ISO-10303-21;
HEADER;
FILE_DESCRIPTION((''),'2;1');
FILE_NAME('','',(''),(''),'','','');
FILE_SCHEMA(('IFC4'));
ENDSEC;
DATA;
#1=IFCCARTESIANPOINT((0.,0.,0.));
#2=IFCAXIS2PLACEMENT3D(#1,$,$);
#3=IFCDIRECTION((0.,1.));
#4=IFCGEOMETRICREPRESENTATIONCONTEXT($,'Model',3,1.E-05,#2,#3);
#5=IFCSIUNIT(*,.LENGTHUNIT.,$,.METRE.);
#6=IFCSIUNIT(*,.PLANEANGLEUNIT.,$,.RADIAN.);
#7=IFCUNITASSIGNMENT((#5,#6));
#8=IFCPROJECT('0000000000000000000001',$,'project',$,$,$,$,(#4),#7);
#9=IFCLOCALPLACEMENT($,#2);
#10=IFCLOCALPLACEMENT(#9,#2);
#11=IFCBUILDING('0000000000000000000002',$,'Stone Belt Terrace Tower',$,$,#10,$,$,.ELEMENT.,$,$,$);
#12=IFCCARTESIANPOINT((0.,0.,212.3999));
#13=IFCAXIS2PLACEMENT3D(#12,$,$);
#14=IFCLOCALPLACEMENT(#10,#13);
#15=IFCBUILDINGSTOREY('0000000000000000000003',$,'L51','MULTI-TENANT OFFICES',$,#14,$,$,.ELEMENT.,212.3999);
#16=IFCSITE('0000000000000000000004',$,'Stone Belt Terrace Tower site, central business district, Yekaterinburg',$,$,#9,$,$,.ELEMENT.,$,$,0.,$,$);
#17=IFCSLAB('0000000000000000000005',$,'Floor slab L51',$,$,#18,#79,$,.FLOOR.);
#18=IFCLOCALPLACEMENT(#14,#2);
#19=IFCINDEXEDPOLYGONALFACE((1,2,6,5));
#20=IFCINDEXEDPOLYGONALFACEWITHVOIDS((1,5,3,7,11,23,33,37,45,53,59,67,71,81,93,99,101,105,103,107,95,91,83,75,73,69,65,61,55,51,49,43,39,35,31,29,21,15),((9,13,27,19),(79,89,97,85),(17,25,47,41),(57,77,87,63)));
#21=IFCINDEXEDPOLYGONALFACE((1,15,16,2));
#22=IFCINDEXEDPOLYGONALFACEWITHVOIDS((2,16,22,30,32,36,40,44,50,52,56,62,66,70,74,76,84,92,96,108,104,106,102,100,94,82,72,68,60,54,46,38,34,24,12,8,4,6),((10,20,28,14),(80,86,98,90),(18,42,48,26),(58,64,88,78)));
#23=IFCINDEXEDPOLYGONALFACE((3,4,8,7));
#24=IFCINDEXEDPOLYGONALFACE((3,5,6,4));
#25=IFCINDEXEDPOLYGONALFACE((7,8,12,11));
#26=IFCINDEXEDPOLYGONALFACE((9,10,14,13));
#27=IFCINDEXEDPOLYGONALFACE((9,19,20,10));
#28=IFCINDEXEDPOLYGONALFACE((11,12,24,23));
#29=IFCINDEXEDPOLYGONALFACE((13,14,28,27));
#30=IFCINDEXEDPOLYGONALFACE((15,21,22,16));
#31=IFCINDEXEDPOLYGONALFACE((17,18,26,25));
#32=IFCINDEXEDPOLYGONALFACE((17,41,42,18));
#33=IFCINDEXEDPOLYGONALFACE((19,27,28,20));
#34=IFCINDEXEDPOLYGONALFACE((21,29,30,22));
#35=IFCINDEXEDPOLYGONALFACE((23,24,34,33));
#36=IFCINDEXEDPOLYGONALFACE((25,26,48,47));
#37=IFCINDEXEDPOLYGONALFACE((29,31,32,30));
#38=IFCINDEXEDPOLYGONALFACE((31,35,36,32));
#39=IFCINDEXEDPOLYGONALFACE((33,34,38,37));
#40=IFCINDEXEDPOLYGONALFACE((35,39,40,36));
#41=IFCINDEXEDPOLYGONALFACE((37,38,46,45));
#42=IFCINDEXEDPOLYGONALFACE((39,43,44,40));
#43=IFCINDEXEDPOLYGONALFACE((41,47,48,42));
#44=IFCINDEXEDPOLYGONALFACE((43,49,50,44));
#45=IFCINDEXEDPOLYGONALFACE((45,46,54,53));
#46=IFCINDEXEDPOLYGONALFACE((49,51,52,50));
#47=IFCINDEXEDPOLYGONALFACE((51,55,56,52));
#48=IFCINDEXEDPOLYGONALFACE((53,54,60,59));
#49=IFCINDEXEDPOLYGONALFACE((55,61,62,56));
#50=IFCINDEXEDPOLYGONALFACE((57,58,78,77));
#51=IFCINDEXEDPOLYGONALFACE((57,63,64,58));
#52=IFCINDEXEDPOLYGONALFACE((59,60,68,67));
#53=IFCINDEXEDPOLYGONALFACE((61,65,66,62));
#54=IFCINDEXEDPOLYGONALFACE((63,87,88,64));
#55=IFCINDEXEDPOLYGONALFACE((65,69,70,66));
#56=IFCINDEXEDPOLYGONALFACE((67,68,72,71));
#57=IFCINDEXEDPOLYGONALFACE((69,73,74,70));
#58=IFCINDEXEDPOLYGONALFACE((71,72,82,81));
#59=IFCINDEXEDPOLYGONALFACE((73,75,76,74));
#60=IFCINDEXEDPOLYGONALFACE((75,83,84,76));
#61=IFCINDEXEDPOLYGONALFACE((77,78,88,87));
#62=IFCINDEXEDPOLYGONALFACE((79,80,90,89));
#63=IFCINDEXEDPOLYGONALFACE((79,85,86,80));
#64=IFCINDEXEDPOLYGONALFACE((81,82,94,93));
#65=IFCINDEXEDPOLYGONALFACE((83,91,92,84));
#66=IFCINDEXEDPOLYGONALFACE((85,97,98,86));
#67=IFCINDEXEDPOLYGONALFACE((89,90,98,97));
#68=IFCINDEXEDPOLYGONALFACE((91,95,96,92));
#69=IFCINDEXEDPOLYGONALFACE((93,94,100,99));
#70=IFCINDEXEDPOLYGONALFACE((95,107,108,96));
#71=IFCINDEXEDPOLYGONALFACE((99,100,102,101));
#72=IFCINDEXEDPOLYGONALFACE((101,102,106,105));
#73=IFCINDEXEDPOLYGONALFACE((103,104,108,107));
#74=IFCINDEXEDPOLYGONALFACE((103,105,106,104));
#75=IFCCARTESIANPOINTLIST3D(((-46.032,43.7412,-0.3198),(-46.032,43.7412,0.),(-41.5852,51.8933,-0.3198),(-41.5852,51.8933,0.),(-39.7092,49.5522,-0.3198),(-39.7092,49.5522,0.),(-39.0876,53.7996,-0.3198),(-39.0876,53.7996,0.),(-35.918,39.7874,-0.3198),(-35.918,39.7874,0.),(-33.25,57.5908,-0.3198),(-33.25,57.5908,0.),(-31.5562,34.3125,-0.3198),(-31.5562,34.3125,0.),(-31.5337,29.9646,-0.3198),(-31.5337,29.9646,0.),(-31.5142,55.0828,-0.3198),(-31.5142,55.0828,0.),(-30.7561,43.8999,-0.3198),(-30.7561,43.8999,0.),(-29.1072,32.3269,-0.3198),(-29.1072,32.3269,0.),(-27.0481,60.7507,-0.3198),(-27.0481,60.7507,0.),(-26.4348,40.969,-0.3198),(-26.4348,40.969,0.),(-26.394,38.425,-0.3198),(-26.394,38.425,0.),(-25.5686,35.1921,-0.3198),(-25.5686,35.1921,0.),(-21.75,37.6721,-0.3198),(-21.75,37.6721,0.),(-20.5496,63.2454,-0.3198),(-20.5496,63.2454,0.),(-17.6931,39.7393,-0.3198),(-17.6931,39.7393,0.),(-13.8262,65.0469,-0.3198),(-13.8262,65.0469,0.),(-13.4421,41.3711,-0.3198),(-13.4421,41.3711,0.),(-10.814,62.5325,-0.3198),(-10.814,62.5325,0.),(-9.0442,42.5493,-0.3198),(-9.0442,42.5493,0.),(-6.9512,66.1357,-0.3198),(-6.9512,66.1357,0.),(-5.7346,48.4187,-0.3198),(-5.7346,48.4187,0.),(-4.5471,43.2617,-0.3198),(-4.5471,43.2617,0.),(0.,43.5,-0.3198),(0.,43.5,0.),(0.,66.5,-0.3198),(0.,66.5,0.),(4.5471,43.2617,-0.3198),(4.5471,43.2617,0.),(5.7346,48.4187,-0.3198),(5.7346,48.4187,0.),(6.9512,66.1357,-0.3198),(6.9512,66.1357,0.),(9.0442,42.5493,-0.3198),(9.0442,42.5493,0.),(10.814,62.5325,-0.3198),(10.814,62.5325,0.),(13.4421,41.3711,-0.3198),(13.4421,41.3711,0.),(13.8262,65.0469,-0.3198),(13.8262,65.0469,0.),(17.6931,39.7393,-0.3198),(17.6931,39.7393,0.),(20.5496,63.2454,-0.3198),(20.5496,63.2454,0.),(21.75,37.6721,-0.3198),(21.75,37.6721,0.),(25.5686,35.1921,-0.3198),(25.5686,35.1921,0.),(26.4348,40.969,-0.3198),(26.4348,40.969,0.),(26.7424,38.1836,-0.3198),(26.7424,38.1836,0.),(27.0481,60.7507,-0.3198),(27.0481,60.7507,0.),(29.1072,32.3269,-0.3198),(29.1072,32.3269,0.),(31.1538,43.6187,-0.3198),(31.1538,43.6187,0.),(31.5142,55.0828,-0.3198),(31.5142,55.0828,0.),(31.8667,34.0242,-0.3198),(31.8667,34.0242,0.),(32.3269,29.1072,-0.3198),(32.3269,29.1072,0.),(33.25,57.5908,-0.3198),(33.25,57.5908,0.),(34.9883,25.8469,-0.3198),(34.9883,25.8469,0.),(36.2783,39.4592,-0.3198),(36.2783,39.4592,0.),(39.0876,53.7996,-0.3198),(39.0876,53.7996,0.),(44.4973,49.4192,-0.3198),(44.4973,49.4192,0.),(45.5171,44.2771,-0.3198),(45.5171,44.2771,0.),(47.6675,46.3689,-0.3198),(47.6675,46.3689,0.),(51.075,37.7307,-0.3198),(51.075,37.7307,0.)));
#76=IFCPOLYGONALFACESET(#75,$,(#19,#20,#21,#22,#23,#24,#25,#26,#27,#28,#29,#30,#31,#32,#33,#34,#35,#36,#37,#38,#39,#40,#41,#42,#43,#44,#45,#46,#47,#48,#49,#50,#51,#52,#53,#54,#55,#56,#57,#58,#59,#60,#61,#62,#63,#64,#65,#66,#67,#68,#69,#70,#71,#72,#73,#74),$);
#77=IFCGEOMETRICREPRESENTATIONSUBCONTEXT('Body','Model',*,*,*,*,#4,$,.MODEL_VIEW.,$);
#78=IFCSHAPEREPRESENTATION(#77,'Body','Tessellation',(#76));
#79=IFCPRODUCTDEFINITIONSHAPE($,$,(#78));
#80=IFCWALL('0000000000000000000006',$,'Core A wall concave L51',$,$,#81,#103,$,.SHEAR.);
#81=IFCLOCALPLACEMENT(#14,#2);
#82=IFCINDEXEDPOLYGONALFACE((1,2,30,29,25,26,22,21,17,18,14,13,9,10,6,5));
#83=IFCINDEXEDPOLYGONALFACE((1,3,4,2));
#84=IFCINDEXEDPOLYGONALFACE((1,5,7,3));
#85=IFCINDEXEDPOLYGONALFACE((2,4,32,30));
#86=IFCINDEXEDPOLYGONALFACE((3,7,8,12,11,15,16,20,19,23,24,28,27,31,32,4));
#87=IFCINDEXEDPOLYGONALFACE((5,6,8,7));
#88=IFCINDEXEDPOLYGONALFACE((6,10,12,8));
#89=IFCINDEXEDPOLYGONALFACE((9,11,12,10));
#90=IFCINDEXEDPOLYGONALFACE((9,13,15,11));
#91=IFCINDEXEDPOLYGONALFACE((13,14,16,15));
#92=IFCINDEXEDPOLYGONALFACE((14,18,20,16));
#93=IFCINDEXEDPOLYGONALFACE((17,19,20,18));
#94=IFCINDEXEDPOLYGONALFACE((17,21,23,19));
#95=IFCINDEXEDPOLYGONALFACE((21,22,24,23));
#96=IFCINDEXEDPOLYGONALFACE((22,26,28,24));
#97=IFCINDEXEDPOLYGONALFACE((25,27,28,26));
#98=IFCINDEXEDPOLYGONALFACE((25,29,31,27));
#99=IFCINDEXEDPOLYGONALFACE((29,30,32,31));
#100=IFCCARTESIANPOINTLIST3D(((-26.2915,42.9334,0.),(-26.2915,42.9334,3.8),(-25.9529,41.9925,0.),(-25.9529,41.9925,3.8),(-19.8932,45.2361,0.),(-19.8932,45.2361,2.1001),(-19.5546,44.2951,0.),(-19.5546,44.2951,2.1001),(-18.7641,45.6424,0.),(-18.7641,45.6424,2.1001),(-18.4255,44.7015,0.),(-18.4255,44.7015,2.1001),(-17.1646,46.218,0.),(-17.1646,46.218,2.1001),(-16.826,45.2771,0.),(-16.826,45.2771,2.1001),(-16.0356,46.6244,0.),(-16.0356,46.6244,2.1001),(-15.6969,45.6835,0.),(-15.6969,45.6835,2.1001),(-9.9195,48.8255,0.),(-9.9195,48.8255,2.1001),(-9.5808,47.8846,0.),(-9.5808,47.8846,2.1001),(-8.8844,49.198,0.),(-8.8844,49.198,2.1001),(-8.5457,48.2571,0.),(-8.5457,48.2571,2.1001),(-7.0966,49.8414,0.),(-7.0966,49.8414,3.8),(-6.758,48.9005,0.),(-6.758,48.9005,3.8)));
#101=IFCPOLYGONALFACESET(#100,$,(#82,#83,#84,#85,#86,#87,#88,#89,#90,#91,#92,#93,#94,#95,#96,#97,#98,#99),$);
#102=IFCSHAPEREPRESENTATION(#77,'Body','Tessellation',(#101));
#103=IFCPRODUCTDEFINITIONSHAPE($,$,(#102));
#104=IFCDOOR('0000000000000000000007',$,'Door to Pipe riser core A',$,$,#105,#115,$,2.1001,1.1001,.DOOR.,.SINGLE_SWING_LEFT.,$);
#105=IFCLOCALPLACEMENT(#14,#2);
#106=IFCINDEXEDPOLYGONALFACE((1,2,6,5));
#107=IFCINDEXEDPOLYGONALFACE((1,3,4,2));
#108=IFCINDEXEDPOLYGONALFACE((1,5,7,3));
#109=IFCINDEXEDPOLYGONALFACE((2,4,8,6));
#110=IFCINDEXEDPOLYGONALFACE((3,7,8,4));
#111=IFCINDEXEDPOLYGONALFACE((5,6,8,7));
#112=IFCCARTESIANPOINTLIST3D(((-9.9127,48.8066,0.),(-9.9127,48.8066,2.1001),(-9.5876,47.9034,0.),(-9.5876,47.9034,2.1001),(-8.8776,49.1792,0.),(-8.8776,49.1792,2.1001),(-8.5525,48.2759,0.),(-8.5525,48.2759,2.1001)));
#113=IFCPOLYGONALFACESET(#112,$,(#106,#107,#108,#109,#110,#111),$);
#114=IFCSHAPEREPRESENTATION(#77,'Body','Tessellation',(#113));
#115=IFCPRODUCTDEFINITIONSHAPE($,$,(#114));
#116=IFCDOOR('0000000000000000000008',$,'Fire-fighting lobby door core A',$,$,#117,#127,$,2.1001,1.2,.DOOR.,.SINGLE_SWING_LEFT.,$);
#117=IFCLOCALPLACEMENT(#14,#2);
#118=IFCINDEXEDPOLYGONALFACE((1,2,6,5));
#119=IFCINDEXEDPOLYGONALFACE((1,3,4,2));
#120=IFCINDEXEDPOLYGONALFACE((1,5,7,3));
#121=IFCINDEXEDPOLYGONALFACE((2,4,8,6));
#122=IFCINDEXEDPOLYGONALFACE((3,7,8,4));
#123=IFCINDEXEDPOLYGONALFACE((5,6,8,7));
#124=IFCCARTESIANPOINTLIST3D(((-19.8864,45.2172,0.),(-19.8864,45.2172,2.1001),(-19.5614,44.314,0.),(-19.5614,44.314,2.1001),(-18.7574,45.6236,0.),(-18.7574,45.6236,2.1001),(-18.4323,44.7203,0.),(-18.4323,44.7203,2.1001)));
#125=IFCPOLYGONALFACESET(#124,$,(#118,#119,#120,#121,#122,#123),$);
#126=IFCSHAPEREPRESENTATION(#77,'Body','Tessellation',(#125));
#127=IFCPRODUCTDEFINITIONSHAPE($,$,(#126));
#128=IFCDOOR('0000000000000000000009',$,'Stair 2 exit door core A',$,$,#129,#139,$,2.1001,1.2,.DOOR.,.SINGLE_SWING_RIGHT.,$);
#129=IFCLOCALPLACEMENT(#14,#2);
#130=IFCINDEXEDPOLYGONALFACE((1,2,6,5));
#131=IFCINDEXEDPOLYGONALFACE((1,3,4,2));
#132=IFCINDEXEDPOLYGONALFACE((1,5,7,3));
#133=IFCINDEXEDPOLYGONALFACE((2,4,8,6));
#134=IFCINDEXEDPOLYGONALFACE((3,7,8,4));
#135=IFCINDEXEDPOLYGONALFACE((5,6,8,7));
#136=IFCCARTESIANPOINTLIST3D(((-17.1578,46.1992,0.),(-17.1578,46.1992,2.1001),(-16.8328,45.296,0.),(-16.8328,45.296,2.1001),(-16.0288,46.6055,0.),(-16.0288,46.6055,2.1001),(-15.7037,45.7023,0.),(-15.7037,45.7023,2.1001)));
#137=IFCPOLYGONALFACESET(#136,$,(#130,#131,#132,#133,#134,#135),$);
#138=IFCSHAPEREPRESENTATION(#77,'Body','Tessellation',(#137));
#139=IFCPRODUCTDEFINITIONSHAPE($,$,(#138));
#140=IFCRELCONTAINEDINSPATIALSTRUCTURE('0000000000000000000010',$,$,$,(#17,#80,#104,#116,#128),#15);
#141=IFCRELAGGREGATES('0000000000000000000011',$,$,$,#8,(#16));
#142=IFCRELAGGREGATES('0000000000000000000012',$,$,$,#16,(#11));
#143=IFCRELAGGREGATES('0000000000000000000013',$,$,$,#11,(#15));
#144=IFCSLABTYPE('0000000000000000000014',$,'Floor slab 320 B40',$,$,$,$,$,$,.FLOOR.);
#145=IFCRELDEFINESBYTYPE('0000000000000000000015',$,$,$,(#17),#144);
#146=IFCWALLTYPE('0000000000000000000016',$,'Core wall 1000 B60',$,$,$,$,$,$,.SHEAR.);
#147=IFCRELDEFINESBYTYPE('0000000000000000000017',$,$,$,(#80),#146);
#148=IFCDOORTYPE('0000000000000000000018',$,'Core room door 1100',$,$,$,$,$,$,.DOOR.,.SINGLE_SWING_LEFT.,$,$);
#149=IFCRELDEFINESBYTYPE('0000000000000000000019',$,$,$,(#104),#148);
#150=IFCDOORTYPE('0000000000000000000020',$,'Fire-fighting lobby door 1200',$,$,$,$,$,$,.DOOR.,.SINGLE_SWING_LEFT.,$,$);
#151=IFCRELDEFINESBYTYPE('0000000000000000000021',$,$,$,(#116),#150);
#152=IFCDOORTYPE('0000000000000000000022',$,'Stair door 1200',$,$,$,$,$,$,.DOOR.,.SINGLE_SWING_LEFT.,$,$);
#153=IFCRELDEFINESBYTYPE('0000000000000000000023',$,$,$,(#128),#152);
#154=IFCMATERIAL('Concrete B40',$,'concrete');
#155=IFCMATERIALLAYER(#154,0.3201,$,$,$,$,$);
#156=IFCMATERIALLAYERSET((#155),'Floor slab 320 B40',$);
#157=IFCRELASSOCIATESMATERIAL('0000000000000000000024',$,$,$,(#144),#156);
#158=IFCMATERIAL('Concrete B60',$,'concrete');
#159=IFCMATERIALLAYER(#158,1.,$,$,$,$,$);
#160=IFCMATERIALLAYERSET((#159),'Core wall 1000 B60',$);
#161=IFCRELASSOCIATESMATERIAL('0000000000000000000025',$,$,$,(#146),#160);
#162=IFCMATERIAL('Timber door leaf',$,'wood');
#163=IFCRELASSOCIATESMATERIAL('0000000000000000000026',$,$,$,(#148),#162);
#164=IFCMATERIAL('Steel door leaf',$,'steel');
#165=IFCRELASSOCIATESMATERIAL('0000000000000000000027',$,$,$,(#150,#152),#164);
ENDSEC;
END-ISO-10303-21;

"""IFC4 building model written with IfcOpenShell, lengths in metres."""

from ifc_helpers import new_model, si_unit, direction, frame, frame_2d, origin, place, context, subcontext, project, spatial, polyline, rectangle, outline, extrude, material, layer, layer_set, type_object, element, fill, save


model = new_model("IFC4")

# Units and contexts
model_context = context("Model", 3, precision=1e-05, world=origin(), true_north=direction((0.0, 1.0)))
body_context = subcontext(model_context, "Body", "Model", "MODEL_VIEW")
ifc_project = project(units=[si_unit("LENGTHUNIT", "METRE"), si_unit("PLANEANGLEUNIT", "RADIAN")], contexts=[model_context])

# Site, building, storey
site_placement = place(None, origin())
site = spatial("IfcSite", under=ifc_project, at=site_placement, Name="Stone Belt Terrace Tower site, central business district, Yekaterinburg", CompositionType="ELEMENT", RefElevation=0.0)
building_placement = place(site_placement, origin())
building = spatial("IfcBuilding", under=site, at=building_placement, Name="Stone Belt Terrace Tower", CompositionType="ELEMENT")
storey_placement = place(building_placement, frame((0.0, 0.0, 212.3999)))
storey = spatial("IfcBuildingStorey", under=building, at=storey_placement, Name="L51", Description="MULTI-TENANT OFFICES", CompositionType="ELEMENT", Elevation=212.3999)

# Shared definitions
ifc_material_1 = material(Name="Concrete B60", Category="concrete")

# Slab
ifc_material_2 = material(Name="Concrete B40", Category="concrete")
ifc_layer_1 = layer(ifc_material_2, 0.3201)
ifc_layer_set_1 = layer_set([ifc_layer_1], Name="Floor slab 320 B40")
slab_type = type_object("IfcSlabType", Name="Floor slab 320 B40", PredefinedType="FLOOR", material=ifc_layer_set_1)
slab_placement = place(storey_placement, frame((0.0, 0.0, -0.3198)))
element("IfcSlab", 1, at=slab_placement, inside=storey, type_object=slab_type, Name="Floor slab L51", PredefinedType="FLOOR", context=body_context, shape_type="SweptSolid", body=[
    extrude(outline(polyline([(-39.0876, 53.7996), (-33.25, 57.5908), (-27.0481, 60.7507), (-20.5496, 63.2454), (-13.8262, 65.0469), (-6.9512, 66.1357), (0.0, 66.5), (6.9512, 66.1357), (13.8262, 65.0469), (20.5496, 63.2454), (27.0481, 60.7507), (33.25, 57.5908), (39.0876, 53.7996), (44.4973, 49.4192), (47.6675, 46.3689), (45.5171, 44.2771), (51.075, 37.7307), (34.9883, 25.8469), (32.3269, 29.1072), (29.1072, 32.3269), (25.5686, 35.1921), (21.75, 37.6721), (17.6931, 39.7393), (13.4421, 41.3711), (9.0442, 42.5493), (4.5471, 43.2617), (0.0, 43.5), (-4.5471, 43.2617), (-9.0442, 42.5493), (-13.4421, 41.3711), (-17.6931, 39.7393), (-21.75, 37.6721), (-25.5686, 35.1921), (-29.1072, 32.3269), (-31.5337, 29.9646), (-46.032, 43.7412), (-39.7092, 49.5522), (-41.5852, 51.8933), (-39.0876, 53.7996)]), holes=[polyline([(-26.4348, 40.969), (-5.7346, 48.4187), (-10.814, 62.5325), (-31.5142, 55.0828), (-26.4348, 40.969)]), polyline([(10.814, 62.5325), (5.7346, 48.4187), (26.4348, 40.969), (31.5142, 55.0828), (10.814, 62.5325)]), polyline([(-35.918, 39.7874), (-31.5562, 34.3125), (-26.394, 38.425), (-30.7561, 43.8999), (-35.918, 39.7874)]), polyline([(36.2783, 39.4592), (31.1538, 43.6187), (26.7424, 38.1836), (31.8667, 34.0242), (36.2783, 39.4592)])]), origin(), (0.0, 0.0, 1.0), 0.3198),
])

# Wall, openings, doors
ifc_layer_2 = layer(ifc_material_1, 1.0)
ifc_layer_set_2 = layer_set([ifc_layer_2], Name="Core wall 1000 B60")
wall_type_1 = type_object("IfcWallType", Name="Core wall 1000 B60", PredefinedType="SHEAR", material=ifc_layer_set_2)
wall_1_placement = place(storey_placement, frame((-26.1223, 42.4629, 0.0), z_axis=(0.0, 0.0, 1.0), x_axis=(0.940921, 0.338625, 0.0)))
wall_1 = element("IfcWall", 2, at=wall_1_placement, inside=storey, type_object=wall_type_1, Name="Core A wall concave L51", PredefinedType="SHEAR", context=body_context, shape_type="SweptSolid", body=[
    extrude(rectangle(XDim=20.4001, YDim=1.0, at=frame_2d((10.2002, 0.0))), origin(), (0.0, 0.0, 1.0), 3.8),
])
opening_1_placement = place(wall_1_placement, frame((6.8, 0.0, 0.0)))
opening_1 = element("IfcOpeningElement", 3, at=opening_1_placement, cuts=wall_1, PredefinedType="OPENING", context=body_context, shape_type="SweptSolid", body=[
    extrude(rectangle(XDim=1.2, YDim=2.1001, at=frame_2d((0.6001, 1.05))), frame((0.0, 0.51, 0.0), z_axis=(0.0, -1.0, 0.0), x_axis=(1.0, 0.0, 0.0)), (0.0, 0.0, 1.0), 1.02),
])
opening_2_placement = place(wall_1_placement, frame((9.7, 0.0, 0.0)))
opening_2 = element("IfcOpeningElement", 4, at=opening_2_placement, cuts=wall_1, PredefinedType="OPENING", context=body_context, shape_type="SweptSolid", body=[
    extrude(rectangle(XDim=1.2, YDim=2.1001, at=frame_2d((0.6001, 1.05))), frame((0.0, 0.51, 0.0), z_axis=(0.0, -1.0, 0.0), x_axis=(1.0, 0.0, 0.0)), (0.0, 0.0, 1.0), 1.02),
])
opening_3_placement = place(wall_1_placement, frame((17.4001, 0.0, 0.0)))
opening_3 = element("IfcOpeningElement", 5, at=opening_3_placement, cuts=wall_1, PredefinedType="OPENING", context=body_context, shape_type="SweptSolid", body=[
    extrude(rectangle(XDim=1.1001, YDim=2.1001, at=frame_2d((0.55, 1.05))), frame((0.0, 0.51, 0.0), z_axis=(0.0, -1.0, 0.0), x_axis=(1.0, 0.0, 0.0)), (0.0, 0.0, 1.0), 1.02),
])
ifc_material_3 = material(Name="Timber door leaf", Category="wood")
door_type_1 = type_object("IfcDoorType", Name="Core room door 1100", OperationType="SINGLE_SWING_LEFT", PredefinedType="DOOR", material=ifc_material_3)
door_1_placement = place(opening_3_placement, origin())
door_1 = element("IfcDoor", 6, at=door_1_placement, inside=storey, type_object=door_type_1, Name="Door to Pipe riser core A", OperationType="SINGLE_SWING_LEFT", OverallHeight=2.1001, OverallWidth=1.1001, PredefinedType="DOOR", context=body_context, shape_type="SweptSolid", body=[
    extrude(rectangle(XDim=1.1001, YDim=2.1001, at=frame_2d((0.55, 1.05))), frame((0.0, 0.48, 0.0), z_axis=(0.0, -1.0, 0.0), x_axis=(1.0, 0.0, 0.0)), (0.0, 0.0, 1.0), 0.96),
])
fill(opening_3, door_1)
ifc_material_4 = material(Name="Steel door leaf", Category="steel")
door_type_2 = type_object("IfcDoorType", Name="Fire-fighting lobby door 1200", OperationType="SINGLE_SWING_LEFT", PredefinedType="DOOR", material=ifc_material_4)
door_2_placement = place(opening_1_placement, origin())
door_2 = element("IfcDoor", 7, at=door_2_placement, inside=storey, type_object=door_type_2, Name="Fire-fighting lobby door core A", OperationType="SINGLE_SWING_LEFT", OverallHeight=2.1001, OverallWidth=1.2, PredefinedType="DOOR", context=body_context, shape_type="SweptSolid", body=[
    extrude(rectangle(XDim=1.2, YDim=2.1001, at=frame_2d((0.6001, 1.05))), frame((0.0, 0.48, 0.0), z_axis=(0.0, -1.0, 0.0), x_axis=(1.0, 0.0, 0.0)), (0.0, 0.0, 1.0), 0.96),
])
fill(opening_1, door_2)
door_type_3 = type_object("IfcDoorType", Name="Stair door 1200", OperationType="SINGLE_SWING_LEFT", PredefinedType="DOOR", material=ifc_material_4)
door_3_placement = place(opening_2_placement, origin())
door_3 = element("IfcDoor", 8, at=door_3_placement, inside=storey, type_object=door_type_3, Name="Stair 2 exit door core A", OperationType="SINGLE_SWING_RIGHT", OverallHeight=2.1001, OverallWidth=1.2, PredefinedType="DOOR", context=body_context, shape_type="SweptSolid", body=[
    extrude(rectangle(XDim=1.2, YDim=2.1001, at=frame_2d((0.6001, 1.05))), frame((0.0, 0.48, 0.0), z_axis=(0.0, -1.0, 0.0), x_axis=(1.0, 0.0, 0.0)), (0.0, 0.0, 1.0), 0.96),
])
fill(opening_2, door_3)

save(model, "model.ifc")
